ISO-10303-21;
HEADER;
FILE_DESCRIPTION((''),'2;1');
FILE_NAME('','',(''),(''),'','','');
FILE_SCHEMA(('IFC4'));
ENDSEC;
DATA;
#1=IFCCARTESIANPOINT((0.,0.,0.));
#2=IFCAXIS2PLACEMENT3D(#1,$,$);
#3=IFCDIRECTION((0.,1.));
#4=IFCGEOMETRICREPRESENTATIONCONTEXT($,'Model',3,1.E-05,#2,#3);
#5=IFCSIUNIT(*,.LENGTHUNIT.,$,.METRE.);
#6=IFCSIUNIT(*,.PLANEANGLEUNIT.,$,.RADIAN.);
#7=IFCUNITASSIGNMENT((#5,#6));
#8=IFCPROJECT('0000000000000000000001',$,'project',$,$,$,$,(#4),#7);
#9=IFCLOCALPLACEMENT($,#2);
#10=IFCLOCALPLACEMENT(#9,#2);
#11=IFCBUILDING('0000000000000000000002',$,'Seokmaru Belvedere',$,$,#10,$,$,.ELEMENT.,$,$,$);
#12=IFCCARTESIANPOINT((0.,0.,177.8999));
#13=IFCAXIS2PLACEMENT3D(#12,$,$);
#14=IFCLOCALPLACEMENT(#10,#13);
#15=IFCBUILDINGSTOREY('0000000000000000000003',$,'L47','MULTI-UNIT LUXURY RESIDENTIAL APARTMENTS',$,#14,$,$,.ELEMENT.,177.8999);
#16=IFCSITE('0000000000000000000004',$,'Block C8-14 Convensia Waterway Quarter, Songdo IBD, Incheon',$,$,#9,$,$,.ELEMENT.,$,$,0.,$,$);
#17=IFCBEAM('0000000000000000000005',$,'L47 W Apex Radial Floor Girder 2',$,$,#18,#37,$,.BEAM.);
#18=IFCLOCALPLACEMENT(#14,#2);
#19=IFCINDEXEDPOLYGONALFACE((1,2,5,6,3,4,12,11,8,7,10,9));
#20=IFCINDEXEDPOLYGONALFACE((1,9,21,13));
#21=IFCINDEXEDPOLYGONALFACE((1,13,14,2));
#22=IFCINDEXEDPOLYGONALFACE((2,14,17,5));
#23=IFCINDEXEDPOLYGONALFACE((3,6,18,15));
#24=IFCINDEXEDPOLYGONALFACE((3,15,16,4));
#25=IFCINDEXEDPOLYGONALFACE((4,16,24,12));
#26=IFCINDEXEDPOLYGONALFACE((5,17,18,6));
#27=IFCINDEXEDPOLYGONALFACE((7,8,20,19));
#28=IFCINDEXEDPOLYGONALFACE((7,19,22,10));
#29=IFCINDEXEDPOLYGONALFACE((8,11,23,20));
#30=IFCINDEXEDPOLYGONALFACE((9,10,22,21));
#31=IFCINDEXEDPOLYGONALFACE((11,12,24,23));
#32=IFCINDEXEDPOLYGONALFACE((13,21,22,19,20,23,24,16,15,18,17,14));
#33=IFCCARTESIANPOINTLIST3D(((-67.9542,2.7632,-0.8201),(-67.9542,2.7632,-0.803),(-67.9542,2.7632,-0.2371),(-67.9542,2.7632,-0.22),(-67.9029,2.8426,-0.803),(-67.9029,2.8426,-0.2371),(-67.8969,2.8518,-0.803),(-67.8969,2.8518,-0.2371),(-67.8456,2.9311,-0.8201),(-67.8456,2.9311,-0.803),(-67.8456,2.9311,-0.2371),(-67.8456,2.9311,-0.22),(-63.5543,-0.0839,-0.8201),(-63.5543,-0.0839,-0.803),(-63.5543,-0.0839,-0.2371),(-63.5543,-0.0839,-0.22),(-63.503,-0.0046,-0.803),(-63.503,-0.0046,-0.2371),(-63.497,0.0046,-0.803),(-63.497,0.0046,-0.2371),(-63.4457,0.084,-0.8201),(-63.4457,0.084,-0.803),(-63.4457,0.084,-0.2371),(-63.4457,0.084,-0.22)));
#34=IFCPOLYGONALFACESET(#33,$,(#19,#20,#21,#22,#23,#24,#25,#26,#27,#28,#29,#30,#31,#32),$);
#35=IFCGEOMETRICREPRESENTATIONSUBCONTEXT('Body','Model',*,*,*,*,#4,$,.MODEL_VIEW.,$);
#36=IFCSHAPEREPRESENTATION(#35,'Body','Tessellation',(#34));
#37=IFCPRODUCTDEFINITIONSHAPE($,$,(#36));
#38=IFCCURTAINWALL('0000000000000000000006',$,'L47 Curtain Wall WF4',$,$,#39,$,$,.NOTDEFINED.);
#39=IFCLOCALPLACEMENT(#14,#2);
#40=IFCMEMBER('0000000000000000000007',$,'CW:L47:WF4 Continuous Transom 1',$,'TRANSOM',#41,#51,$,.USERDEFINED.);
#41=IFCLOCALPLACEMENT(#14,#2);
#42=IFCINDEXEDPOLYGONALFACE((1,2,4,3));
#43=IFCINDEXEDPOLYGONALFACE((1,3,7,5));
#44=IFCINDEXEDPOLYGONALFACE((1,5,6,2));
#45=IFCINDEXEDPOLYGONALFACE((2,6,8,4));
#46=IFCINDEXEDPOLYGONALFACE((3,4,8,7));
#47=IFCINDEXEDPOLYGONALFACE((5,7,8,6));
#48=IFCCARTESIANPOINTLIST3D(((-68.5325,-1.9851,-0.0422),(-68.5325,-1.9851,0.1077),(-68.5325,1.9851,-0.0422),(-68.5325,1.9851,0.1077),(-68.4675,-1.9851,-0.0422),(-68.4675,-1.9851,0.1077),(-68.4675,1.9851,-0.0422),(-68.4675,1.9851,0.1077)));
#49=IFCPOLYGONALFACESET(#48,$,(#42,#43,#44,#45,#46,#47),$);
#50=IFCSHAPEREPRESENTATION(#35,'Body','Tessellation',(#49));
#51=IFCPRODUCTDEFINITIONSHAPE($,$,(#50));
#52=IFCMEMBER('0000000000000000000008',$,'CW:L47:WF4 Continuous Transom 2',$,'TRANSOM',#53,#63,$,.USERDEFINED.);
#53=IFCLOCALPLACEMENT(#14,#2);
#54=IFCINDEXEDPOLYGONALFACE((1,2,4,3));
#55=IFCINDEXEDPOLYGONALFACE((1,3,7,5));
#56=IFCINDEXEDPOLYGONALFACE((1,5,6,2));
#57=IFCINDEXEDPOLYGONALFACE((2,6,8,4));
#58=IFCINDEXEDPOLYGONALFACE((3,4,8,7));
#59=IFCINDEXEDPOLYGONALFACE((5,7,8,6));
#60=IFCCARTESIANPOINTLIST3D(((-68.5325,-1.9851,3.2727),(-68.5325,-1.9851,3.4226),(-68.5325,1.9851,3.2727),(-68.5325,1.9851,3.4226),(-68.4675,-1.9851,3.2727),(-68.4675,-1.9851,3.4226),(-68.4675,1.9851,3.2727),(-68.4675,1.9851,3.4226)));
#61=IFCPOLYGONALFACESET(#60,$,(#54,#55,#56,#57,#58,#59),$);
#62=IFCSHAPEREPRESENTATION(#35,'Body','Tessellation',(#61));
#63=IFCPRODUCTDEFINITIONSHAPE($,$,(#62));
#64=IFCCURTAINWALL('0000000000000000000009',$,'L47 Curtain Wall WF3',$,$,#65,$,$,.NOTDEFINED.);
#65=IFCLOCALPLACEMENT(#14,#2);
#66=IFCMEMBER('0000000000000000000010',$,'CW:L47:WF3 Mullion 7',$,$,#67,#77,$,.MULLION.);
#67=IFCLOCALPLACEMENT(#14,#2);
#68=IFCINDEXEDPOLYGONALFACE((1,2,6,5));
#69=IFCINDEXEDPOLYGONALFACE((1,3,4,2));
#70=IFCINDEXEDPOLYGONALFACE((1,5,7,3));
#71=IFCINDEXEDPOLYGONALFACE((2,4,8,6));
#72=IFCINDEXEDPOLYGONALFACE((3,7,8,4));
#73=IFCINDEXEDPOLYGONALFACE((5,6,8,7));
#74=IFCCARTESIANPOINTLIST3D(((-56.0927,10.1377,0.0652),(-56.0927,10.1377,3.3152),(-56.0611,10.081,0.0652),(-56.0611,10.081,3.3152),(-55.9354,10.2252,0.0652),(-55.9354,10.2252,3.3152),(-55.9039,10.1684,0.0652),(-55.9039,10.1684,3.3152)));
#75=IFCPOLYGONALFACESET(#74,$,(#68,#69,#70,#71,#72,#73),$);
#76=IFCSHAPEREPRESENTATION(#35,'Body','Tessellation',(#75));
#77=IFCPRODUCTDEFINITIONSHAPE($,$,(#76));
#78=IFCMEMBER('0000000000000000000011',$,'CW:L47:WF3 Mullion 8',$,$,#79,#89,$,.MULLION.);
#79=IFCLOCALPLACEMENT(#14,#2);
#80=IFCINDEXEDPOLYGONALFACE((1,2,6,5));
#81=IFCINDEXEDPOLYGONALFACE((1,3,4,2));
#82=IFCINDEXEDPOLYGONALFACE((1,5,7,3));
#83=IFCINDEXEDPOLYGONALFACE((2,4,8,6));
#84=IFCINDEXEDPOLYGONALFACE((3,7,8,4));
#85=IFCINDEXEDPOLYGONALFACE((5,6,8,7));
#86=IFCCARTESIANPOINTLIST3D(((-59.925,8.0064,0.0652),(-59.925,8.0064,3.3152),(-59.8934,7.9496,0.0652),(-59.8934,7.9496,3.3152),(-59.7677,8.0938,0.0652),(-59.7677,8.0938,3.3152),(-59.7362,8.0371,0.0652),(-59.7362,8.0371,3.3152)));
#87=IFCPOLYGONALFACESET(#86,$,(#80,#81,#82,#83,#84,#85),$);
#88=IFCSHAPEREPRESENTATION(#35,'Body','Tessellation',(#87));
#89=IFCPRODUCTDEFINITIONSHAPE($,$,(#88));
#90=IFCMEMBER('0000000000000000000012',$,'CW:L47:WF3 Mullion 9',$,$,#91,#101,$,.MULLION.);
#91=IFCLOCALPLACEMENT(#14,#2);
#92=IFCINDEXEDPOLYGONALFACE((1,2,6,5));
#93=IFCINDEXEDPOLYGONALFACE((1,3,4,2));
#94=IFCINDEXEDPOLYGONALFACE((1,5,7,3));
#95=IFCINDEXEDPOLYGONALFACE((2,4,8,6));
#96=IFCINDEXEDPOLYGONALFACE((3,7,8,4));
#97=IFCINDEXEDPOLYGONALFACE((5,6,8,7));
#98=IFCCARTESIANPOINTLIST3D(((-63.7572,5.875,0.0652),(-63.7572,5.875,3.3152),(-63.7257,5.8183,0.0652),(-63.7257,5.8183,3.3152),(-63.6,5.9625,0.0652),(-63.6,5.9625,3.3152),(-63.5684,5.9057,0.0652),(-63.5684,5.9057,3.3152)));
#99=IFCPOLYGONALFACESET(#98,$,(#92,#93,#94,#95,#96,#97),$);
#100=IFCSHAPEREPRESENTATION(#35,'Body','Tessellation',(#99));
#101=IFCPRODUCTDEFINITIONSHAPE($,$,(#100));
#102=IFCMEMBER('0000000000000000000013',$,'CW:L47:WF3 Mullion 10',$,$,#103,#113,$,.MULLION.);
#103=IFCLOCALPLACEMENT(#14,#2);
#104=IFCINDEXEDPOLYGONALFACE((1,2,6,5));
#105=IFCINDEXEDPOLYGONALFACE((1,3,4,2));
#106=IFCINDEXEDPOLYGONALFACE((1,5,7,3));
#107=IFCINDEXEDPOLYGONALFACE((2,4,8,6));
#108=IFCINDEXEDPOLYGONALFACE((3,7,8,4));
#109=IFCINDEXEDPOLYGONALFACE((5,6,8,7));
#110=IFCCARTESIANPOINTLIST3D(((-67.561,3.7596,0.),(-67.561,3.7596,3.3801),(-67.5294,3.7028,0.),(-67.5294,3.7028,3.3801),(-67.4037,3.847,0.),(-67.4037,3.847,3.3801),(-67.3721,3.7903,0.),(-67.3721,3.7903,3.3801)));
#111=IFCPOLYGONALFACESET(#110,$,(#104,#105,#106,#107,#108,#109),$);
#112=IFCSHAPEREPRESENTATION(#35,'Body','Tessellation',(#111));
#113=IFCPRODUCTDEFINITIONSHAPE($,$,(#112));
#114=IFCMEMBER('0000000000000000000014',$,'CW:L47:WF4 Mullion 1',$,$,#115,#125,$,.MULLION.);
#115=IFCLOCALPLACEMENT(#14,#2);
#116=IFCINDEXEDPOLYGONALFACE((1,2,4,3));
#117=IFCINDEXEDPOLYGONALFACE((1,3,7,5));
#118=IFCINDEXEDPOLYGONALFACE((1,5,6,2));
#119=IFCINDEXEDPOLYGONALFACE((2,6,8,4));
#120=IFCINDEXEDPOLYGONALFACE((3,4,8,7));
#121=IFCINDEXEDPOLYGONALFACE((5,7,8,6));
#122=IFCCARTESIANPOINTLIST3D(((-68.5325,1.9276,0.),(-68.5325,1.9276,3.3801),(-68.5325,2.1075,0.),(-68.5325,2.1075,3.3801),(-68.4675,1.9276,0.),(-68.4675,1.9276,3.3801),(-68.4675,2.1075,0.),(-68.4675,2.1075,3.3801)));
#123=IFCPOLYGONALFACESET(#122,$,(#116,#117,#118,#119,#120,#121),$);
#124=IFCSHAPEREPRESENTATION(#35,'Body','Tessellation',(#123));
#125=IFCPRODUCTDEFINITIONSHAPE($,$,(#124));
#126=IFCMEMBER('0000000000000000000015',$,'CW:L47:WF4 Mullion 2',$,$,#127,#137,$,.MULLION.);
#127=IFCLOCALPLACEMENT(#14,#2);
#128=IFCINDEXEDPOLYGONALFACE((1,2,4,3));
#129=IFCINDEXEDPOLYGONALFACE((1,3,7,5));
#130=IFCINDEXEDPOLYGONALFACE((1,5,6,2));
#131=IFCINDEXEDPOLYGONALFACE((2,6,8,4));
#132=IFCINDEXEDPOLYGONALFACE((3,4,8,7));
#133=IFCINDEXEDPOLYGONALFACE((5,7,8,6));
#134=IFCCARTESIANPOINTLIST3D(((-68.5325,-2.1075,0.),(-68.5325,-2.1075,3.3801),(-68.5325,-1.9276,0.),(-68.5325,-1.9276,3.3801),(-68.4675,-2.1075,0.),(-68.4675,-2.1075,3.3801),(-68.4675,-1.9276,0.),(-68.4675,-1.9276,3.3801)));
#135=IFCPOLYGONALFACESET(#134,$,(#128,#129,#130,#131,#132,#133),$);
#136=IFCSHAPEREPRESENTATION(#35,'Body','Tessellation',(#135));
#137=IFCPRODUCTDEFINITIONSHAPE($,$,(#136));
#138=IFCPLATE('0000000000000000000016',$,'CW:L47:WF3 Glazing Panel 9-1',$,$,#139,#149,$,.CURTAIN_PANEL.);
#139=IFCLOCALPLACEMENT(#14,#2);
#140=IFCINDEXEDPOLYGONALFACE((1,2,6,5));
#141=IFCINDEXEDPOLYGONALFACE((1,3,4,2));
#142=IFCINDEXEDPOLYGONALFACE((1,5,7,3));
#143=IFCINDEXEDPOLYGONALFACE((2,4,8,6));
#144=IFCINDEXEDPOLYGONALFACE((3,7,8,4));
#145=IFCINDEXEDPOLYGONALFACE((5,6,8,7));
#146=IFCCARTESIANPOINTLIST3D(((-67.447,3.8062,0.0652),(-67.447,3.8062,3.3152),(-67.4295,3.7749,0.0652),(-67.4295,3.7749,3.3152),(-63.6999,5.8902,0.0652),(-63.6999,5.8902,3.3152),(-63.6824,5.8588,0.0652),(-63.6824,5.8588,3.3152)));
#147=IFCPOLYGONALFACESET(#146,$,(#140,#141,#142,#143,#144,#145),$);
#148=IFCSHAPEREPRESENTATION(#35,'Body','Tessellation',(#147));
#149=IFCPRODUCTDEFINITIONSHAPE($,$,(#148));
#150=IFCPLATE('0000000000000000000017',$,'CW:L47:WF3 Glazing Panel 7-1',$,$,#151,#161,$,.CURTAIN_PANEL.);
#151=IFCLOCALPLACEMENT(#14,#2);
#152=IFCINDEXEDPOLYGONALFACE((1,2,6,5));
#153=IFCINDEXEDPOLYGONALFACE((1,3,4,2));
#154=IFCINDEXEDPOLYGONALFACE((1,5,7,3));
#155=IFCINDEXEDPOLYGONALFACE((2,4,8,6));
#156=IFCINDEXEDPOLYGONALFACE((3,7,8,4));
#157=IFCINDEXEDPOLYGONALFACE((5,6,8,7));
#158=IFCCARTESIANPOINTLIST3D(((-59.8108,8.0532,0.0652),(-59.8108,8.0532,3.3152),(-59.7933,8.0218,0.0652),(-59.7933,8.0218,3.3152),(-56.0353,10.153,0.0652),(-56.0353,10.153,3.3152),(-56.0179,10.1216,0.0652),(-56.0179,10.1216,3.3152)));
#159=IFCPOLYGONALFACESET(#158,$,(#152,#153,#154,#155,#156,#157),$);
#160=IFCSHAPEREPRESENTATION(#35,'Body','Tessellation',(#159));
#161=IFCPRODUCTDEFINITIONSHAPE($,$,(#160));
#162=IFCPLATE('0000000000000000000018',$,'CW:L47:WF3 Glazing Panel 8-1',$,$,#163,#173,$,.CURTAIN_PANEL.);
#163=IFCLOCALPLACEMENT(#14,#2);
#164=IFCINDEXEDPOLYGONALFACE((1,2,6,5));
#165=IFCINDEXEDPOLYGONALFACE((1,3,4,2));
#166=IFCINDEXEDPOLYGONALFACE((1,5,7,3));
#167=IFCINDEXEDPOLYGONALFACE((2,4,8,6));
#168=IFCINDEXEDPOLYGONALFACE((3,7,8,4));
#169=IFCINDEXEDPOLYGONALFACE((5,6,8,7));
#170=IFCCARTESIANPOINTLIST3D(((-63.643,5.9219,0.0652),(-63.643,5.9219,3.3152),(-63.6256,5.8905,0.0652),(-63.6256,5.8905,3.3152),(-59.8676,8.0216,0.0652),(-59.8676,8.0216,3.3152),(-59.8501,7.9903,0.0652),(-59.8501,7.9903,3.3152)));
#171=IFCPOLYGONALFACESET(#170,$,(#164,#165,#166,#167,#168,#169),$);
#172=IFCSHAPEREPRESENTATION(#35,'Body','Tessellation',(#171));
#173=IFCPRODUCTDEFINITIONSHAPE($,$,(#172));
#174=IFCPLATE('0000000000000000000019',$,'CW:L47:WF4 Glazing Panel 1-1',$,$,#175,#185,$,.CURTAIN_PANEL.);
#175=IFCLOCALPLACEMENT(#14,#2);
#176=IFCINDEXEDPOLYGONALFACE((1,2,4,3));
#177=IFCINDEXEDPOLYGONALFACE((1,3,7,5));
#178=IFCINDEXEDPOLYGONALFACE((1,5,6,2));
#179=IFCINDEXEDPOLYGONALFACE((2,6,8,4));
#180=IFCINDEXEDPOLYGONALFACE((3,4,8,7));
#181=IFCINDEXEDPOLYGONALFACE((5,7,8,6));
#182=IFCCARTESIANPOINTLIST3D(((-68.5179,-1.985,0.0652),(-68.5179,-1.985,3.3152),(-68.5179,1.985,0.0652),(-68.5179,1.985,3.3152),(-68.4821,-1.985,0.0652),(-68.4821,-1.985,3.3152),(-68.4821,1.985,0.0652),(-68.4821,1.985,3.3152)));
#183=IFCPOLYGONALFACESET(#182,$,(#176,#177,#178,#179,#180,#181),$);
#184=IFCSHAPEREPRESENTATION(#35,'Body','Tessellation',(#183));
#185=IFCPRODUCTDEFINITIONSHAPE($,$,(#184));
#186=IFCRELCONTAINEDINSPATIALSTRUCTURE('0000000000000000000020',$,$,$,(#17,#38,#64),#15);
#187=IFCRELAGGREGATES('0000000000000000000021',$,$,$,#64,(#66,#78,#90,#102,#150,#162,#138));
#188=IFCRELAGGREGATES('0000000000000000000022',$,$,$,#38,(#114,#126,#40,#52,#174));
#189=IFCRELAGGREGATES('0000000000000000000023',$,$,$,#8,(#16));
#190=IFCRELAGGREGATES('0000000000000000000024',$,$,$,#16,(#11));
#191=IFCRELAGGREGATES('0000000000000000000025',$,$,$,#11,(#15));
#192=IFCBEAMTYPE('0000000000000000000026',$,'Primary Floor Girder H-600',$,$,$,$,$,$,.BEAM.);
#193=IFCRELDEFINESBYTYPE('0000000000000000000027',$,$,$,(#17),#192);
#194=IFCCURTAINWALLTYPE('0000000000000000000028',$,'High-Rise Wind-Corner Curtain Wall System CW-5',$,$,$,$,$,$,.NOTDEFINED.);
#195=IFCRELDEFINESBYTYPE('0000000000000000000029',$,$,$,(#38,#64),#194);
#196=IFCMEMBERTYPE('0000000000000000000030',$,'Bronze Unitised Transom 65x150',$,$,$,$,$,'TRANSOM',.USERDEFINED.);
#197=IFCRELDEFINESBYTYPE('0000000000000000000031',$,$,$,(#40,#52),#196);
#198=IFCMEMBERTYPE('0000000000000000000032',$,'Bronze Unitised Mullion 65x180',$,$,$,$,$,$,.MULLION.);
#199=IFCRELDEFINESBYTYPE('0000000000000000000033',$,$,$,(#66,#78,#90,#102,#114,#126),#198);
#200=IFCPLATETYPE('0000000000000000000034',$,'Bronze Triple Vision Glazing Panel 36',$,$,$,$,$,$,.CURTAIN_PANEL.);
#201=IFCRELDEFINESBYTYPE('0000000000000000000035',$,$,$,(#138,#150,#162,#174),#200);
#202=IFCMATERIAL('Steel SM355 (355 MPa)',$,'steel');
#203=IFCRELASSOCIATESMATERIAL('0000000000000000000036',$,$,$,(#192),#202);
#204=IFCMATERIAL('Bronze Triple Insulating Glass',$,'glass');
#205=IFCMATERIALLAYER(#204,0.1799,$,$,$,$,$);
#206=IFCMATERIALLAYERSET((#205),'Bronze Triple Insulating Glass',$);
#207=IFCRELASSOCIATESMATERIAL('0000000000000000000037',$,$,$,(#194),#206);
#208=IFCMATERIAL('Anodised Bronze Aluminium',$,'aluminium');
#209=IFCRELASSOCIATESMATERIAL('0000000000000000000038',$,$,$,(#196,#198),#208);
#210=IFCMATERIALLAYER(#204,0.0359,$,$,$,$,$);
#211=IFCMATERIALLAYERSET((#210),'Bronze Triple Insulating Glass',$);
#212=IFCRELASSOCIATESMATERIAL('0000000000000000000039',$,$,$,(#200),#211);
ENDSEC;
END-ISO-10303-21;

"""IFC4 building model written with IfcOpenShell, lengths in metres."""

from ifc_helpers import new_model, si_unit, direction, frame, origin, origin_2d, place, context, subcontext, project, spatial, rectangle, i_section, extrude, source, transform, mapped, material, layer, layer_set, material_profile, profile_set, type_object, type_shapes, element, aggregate, save


model = new_model("IFC4")

# Units and contexts
model_context = context("Model", 3, precision=1e-05, world=origin(), true_north=direction((0.0, 1.0)))
body_context = subcontext(model_context, "Body", "Model", "MODEL_VIEW")
ifc_project = project(units=[si_unit("LENGTHUNIT", "METRE"), si_unit("PLANEANGLEUNIT", "RADIAN")], contexts=[model_context])

# Site, building, storey
site_placement = place(None, origin())
site = spatial("IfcSite", under=ifc_project, at=site_placement, Name="Block C8-14 Convensia Waterway Quarter, Songdo IBD, Incheon", CompositionType="ELEMENT", RefElevation=0.0)
building_placement = place(site_placement, origin())
building = spatial("IfcBuilding", under=site, at=building_placement, Name="Seokmaru Belvedere", CompositionType="ELEMENT")
storey_placement = place(building_placement, frame((0.0, 0.0, 177.8999)))
storey = spatial("IfcBuildingStorey", under=building, at=storey_placement, Name="L47", Description="MULTI-UNIT LUXURY RESIDENTIAL APARTMENTS", CompositionType="ELEMENT", Elevation=177.8999)

# Shared definitions
ifc_material_1 = material(Name="Steel SM355 (355 MPa)", Category="steel")

# Beam
ifc_material_profile_1 = material_profile(ifc_material_1, i_section(OverallWidth=0.2, OverallDepth=0.6001, WebThickness=0.011, FlangeThickness=0.0171, at=origin_2d()), Name="H-600x200x11x17")
ifc_profile_set_1 = profile_set([ifc_material_profile_1], Name="Steel SM355 (355 MPa)")
beam_type_1 = type_object("IfcBeamType", Name="Primary Floor Girder H-600", PredefinedType="BEAM", material=ifc_profile_set_1)
shared_shape_1 = source(origin(), body_context, "Body", "SweptSolid", [
    extrude(i_section(OverallWidth=0.2, OverallDepth=0.6001, WebThickness=0.011, FlangeThickness=0.0171, at=origin_2d()), origin(), (0.0, 0.0, 1.0), 5.2407),
])
beam_1_placement = place(storey_placement, frame((-67.8999, 2.8472, -0.52), z_axis=(0.839555, -0.543274, 0.0), x_axis=(0.543274, 0.839555, 0.0)))
element("IfcBeam", 1, at=beam_1_placement, inside=storey, type_object=beam_type_1, Name="L47 W Apex Radial Floor Girder 2", PredefinedType="BEAM", context=body_context, shape_type="MappedRepresentation", body=[
    mapped(shared_shape_1, transform((0.0, 0.0, 0.0), scale=1.0)),
])

# Curtain walls, members
ifc_material_2 = material(Name="Bronze Triple Insulating Glass", Category="glass")
ifc_layer_1 = layer(ifc_material_2, 0.1799)
ifc_layer_set_1 = layer_set([ifc_layer_1], Name="Bronze Triple Insulating Glass")
curtain_wall_type = type_object("IfcCurtainWallType", Name="High-Rise Wind-Corner Curtain Wall System CW-5", PredefinedType="NOTDEFINED", material=ifc_layer_set_1)
curtain_wall_1_placement = place(storey_placement, origin())
curtain_wall_1 = element("IfcCurtainWall", 2, at=curtain_wall_1_placement, inside=storey, type_object=curtain_wall_type, Name="L47 Curtain Wall WF4", PredefinedType="NOTDEFINED")
ifc_material_3 = material(Name="Anodised Bronze Aluminium", Category="aluminium")
ifc_material_profile_2 = material_profile(ifc_material_3, rectangle(XDim=0.0649, YDim=0.1499, at=origin_2d()), Name="CW-T-65x150")
ifc_profile_set_2 = profile_set([ifc_material_profile_2], Name="Anodised Bronze Aluminium")
member_type_1 = type_object("IfcMemberType", Name="Bronze Unitised Transom 65x150", ElementType="TRANSOM", PredefinedType="USERDEFINED", material=ifc_profile_set_2)
shared_shape_2 = source(origin(), body_context, "Body", "SweptSolid", [
    extrude(rectangle(XDim=0.0649, YDim=0.1499, at=origin_2d()), origin(), (0.0, 0.0, 1.0), 3.9702),
])
type_shapes(member_type_1, [shared_shape_2])
member_1_placement = place(storey_placement, frame((-68.5, 1.9851, 0.0327), z_axis=(0.0, -1.0, 0.0), x_axis=(1.0, 0.0, 0.0)))
member_1 = element("IfcMember", 3, at=member_1_placement, type_object=member_type_1, Name="CW:L47:WF4 Continuous Transom 1", ObjectType="TRANSOM", PredefinedType="USERDEFINED", context=body_context, shape_type="MappedRepresentation", body=[
    mapped(shared_shape_2, transform((0.0, 0.0, 0.0), scale=1.0)),
])
member_2_placement = place(storey_placement, frame((-68.5, 1.9851, 3.3477), z_axis=(0.0, -1.0, 0.0), x_axis=(1.0, 0.0, 0.0)))
member_2 = element("IfcMember", 4, at=member_2_placement, type_object=member_type_1, Name="CW:L47:WF4 Continuous Transom 2", ObjectType="TRANSOM", PredefinedType="USERDEFINED", context=body_context, shape_type="MappedRepresentation", body=[
    mapped(shared_shape_2, transform((0.0, 0.0, 0.0), scale=1.0)),
])
curtain_wall_2_placement = place(storey_placement, origin())
curtain_wall_2 = element("IfcCurtainWall", 5, at=curtain_wall_2_placement, inside=storey, type_object=curtain_wall_type, Name="L47 Curtain Wall WF3", PredefinedType="NOTDEFINED")
ifc_material_profile_3 = material_profile(ifc_material_3, rectangle(XDim=0.0649, YDim=0.1799, at=origin_2d()), Name="CW-M-65x180")
ifc_profile_set_3 = profile_set([ifc_material_profile_3], Name="Anodised Bronze Aluminium")
member_type_2 = type_object("IfcMemberType", Name="Bronze Unitised Mullion 65x180", PredefinedType="MULLION", material=ifc_profile_set_3)
shared_shape_3 = source(origin(), body_context, "Body", "SweptSolid", [
    extrude(rectangle(XDim=0.0649, YDim=0.1799, at=origin_2d()), origin(), (0.0, 0.0, 1.0), 3.25),
])
member_3_placement = place(storey_placement, frame((-55.9983, 10.1531, 0.0652), z_axis=(0.0, 0.0, 1.0), x_axis=(0.486047, -0.873933, 0.0)))
member_3 = element("IfcMember", 6, at=member_3_placement, type_object=member_type_2, Name="CW:L47:WF3 Mullion 7", PredefinedType="MULLION", context=body_context, shape_type="MappedRepresentation", body=[
    mapped(shared_shape_3, transform((0.0, 0.0, 0.0), scale=1.0)),
])
member_4_placement = place(storey_placement, frame((-59.8306, 8.0217, 0.0652), z_axis=(0.0, 0.0, 1.0), x_axis=(0.486047, -0.873933, 0.0)))
member_4 = element("IfcMember", 7, at=member_4_placement, type_object=member_type_2, Name="CW:L47:WF3 Mullion 8", PredefinedType="MULLION", context=body_context, shape_type="MappedRepresentation", body=[
    mapped(shared_shape_3, transform((0.0, 0.0, 0.0), scale=1.0)),
])
member_5_placement = place(storey_placement, frame((-63.6628, 5.8904, 0.0652), z_axis=(0.0, 0.0, 1.0), x_axis=(0.486047, -0.873933, 0.0)))
member_5 = element("IfcMember", 8, at=member_5_placement, type_object=member_type_2, Name="CW:L47:WF3 Mullion 9", PredefinedType="MULLION", context=body_context, shape_type="MappedRepresentation", body=[
    mapped(shared_shape_3, transform((0.0, 0.0, 0.0), scale=1.0)),
])
shared_shape_4 = source(origin(), body_context, "Body", "SweptSolid", [
    extrude(rectangle(XDim=0.0649, YDim=0.1799, at=origin_2d()), origin(), (0.0, 0.0, 1.0), 3.3801),
])
type_shapes(member_type_2, [shared_shape_3, shared_shape_4])
member_6_placement = place(storey_placement, frame((-67.4666, 3.7749, 0.0), z_axis=(0.0, 0.0, 1.0), x_axis=(0.486047, -0.873933, 0.0)))
member_6 = element("IfcMember", 9, at=member_6_placement, type_object=member_type_2, Name="CW:L47:WF3 Mullion 10", PredefinedType="MULLION", context=body_context, shape_type="MappedRepresentation", body=[
    mapped(shared_shape_4, transform((0.0, 0.0, 0.0), scale=1.0)),
])

# Members
member_7_placement = place(storey_placement, frame((-68.5, 2.0176, 0.0), z_axis=(0.0, 0.0, 1.0), x_axis=(1.0, 0.0, 0.0)))
member_7 = element("IfcMember", 10, at=member_7_placement, type_object=member_type_2, Name="CW:L47:WF4 Mullion 1", PredefinedType="MULLION", context=body_context, shape_type="MappedRepresentation", body=[
    mapped(shared_shape_4, transform((0.0, 0.0, 0.0), scale=1.0)),
])
member_8_placement = place(storey_placement, frame((-68.5, -2.0176, 0.0), z_axis=(0.0, 0.0, 1.0), x_axis=(1.0, 0.0, 0.0)))
member_8 = element("IfcMember", 11, at=member_8_placement, type_object=member_type_2, Name="CW:L47:WF4 Mullion 2", PredefinedType="MULLION", context=body_context, shape_type="MappedRepresentation", body=[
    mapped(shared_shape_4, transform((0.0, 0.0, 0.0), scale=1.0)),
])

# Plates
ifc_layer_2 = layer(ifc_material_2, 0.0359)
ifc_layer_set_2 = layer_set([ifc_layer_2], Name="Bronze Triple Insulating Glass")
plate_type = type_object("IfcPlateType", Name="Bronze Triple Vision Glazing Panel 36", PredefinedType="CURTAIN_PANEL", material=ifc_layer_set_2)
shared_shape_5 = source(origin(), body_context, "Body", "SweptSolid", [
    extrude(rectangle(XDim=4.2876, YDim=0.0359, at=origin_2d()), origin(), (0.0, 0.0, 1.0), 3.25),
])
plate_1_placement = place(storey_placement, frame((-65.5647, 4.8325, 0.0652), z_axis=(0.0, 0.0, 1.0), x_axis=(-0.873933, -0.486047, 0.0)))
plate_1 = element("IfcPlate", 12, at=plate_1_placement, type_object=plate_type, Name="CW:L47:WF3 Glazing Panel 9-1", PredefinedType="CURTAIN_PANEL", context=body_context, shape_type="MappedRepresentation", body=[
    mapped(shared_shape_5, transform((0.0, 0.0, 0.0), scale=1.0)),
])
shared_shape_6 = source(origin(), body_context, "Body", "SweptSolid", [
    extrude(rectangle(XDim=4.3201, YDim=0.0359, at=origin_2d()), origin(), (0.0, 0.0, 1.0), 3.25),
])
plate_2_placement = place(storey_placement, frame((-57.9143, 9.0874, 0.0652), z_axis=(0.0, 0.0, 1.0), x_axis=(-0.873933, -0.486047, 0.0)))
plate_2 = element("IfcPlate", 13, at=plate_2_placement, type_object=plate_type, Name="CW:L47:WF3 Glazing Panel 7-1", PredefinedType="CURTAIN_PANEL", context=body_context, shape_type="MappedRepresentation", body=[
    mapped(shared_shape_6, transform((0.0, 0.0, 0.0), scale=1.0)),
])
plate_3_placement = place(storey_placement, frame((-61.7466, 6.9561, 0.0652), z_axis=(0.0, 0.0, 1.0), x_axis=(-0.873933, -0.486047, 0.0)))
plate_3 = element("IfcPlate", 14, at=plate_3_placement, type_object=plate_type, Name="CW:L47:WF3 Glazing Panel 8-1", PredefinedType="CURTAIN_PANEL", context=body_context, shape_type="MappedRepresentation", body=[
    mapped(shared_shape_6, transform((0.0, 0.0, 0.0), scale=1.0)),
])
aggregate(curtain_wall_2, [member_3, member_4, member_5, member_6, plate_2, plate_3, plate_1])
shared_shape_7 = source(origin(), body_context, "Body", "SweptSolid", [
    extrude(rectangle(XDim=3.97, YDim=0.0359, at=origin_2d()), origin(), (0.0, 0.0, 1.0), 3.25),
])
type_shapes(plate_type, [shared_shape_5, shared_shape_6, shared_shape_7])
plate_4_placement = place(storey_placement, frame((-68.5, 0.0, 0.0652), z_axis=(0.0, 0.0, 1.0), x_axis=(0.0, -1.0, 0.0)))
plate_4 = element("IfcPlate", 15, at=plate_4_placement, type_object=plate_type, Name="CW:L47:WF4 Glazing Panel 1-1", PredefinedType="CURTAIN_PANEL", context=body_context, shape_type="MappedRepresentation", body=[
    mapped(shared_shape_7, transform((0.0, 0.0, 0.0), scale=1.0)),
])
aggregate(curtain_wall_1, [member_7, member_8, member_1, member_2, plate_4])

save(model, "model.ifc")
